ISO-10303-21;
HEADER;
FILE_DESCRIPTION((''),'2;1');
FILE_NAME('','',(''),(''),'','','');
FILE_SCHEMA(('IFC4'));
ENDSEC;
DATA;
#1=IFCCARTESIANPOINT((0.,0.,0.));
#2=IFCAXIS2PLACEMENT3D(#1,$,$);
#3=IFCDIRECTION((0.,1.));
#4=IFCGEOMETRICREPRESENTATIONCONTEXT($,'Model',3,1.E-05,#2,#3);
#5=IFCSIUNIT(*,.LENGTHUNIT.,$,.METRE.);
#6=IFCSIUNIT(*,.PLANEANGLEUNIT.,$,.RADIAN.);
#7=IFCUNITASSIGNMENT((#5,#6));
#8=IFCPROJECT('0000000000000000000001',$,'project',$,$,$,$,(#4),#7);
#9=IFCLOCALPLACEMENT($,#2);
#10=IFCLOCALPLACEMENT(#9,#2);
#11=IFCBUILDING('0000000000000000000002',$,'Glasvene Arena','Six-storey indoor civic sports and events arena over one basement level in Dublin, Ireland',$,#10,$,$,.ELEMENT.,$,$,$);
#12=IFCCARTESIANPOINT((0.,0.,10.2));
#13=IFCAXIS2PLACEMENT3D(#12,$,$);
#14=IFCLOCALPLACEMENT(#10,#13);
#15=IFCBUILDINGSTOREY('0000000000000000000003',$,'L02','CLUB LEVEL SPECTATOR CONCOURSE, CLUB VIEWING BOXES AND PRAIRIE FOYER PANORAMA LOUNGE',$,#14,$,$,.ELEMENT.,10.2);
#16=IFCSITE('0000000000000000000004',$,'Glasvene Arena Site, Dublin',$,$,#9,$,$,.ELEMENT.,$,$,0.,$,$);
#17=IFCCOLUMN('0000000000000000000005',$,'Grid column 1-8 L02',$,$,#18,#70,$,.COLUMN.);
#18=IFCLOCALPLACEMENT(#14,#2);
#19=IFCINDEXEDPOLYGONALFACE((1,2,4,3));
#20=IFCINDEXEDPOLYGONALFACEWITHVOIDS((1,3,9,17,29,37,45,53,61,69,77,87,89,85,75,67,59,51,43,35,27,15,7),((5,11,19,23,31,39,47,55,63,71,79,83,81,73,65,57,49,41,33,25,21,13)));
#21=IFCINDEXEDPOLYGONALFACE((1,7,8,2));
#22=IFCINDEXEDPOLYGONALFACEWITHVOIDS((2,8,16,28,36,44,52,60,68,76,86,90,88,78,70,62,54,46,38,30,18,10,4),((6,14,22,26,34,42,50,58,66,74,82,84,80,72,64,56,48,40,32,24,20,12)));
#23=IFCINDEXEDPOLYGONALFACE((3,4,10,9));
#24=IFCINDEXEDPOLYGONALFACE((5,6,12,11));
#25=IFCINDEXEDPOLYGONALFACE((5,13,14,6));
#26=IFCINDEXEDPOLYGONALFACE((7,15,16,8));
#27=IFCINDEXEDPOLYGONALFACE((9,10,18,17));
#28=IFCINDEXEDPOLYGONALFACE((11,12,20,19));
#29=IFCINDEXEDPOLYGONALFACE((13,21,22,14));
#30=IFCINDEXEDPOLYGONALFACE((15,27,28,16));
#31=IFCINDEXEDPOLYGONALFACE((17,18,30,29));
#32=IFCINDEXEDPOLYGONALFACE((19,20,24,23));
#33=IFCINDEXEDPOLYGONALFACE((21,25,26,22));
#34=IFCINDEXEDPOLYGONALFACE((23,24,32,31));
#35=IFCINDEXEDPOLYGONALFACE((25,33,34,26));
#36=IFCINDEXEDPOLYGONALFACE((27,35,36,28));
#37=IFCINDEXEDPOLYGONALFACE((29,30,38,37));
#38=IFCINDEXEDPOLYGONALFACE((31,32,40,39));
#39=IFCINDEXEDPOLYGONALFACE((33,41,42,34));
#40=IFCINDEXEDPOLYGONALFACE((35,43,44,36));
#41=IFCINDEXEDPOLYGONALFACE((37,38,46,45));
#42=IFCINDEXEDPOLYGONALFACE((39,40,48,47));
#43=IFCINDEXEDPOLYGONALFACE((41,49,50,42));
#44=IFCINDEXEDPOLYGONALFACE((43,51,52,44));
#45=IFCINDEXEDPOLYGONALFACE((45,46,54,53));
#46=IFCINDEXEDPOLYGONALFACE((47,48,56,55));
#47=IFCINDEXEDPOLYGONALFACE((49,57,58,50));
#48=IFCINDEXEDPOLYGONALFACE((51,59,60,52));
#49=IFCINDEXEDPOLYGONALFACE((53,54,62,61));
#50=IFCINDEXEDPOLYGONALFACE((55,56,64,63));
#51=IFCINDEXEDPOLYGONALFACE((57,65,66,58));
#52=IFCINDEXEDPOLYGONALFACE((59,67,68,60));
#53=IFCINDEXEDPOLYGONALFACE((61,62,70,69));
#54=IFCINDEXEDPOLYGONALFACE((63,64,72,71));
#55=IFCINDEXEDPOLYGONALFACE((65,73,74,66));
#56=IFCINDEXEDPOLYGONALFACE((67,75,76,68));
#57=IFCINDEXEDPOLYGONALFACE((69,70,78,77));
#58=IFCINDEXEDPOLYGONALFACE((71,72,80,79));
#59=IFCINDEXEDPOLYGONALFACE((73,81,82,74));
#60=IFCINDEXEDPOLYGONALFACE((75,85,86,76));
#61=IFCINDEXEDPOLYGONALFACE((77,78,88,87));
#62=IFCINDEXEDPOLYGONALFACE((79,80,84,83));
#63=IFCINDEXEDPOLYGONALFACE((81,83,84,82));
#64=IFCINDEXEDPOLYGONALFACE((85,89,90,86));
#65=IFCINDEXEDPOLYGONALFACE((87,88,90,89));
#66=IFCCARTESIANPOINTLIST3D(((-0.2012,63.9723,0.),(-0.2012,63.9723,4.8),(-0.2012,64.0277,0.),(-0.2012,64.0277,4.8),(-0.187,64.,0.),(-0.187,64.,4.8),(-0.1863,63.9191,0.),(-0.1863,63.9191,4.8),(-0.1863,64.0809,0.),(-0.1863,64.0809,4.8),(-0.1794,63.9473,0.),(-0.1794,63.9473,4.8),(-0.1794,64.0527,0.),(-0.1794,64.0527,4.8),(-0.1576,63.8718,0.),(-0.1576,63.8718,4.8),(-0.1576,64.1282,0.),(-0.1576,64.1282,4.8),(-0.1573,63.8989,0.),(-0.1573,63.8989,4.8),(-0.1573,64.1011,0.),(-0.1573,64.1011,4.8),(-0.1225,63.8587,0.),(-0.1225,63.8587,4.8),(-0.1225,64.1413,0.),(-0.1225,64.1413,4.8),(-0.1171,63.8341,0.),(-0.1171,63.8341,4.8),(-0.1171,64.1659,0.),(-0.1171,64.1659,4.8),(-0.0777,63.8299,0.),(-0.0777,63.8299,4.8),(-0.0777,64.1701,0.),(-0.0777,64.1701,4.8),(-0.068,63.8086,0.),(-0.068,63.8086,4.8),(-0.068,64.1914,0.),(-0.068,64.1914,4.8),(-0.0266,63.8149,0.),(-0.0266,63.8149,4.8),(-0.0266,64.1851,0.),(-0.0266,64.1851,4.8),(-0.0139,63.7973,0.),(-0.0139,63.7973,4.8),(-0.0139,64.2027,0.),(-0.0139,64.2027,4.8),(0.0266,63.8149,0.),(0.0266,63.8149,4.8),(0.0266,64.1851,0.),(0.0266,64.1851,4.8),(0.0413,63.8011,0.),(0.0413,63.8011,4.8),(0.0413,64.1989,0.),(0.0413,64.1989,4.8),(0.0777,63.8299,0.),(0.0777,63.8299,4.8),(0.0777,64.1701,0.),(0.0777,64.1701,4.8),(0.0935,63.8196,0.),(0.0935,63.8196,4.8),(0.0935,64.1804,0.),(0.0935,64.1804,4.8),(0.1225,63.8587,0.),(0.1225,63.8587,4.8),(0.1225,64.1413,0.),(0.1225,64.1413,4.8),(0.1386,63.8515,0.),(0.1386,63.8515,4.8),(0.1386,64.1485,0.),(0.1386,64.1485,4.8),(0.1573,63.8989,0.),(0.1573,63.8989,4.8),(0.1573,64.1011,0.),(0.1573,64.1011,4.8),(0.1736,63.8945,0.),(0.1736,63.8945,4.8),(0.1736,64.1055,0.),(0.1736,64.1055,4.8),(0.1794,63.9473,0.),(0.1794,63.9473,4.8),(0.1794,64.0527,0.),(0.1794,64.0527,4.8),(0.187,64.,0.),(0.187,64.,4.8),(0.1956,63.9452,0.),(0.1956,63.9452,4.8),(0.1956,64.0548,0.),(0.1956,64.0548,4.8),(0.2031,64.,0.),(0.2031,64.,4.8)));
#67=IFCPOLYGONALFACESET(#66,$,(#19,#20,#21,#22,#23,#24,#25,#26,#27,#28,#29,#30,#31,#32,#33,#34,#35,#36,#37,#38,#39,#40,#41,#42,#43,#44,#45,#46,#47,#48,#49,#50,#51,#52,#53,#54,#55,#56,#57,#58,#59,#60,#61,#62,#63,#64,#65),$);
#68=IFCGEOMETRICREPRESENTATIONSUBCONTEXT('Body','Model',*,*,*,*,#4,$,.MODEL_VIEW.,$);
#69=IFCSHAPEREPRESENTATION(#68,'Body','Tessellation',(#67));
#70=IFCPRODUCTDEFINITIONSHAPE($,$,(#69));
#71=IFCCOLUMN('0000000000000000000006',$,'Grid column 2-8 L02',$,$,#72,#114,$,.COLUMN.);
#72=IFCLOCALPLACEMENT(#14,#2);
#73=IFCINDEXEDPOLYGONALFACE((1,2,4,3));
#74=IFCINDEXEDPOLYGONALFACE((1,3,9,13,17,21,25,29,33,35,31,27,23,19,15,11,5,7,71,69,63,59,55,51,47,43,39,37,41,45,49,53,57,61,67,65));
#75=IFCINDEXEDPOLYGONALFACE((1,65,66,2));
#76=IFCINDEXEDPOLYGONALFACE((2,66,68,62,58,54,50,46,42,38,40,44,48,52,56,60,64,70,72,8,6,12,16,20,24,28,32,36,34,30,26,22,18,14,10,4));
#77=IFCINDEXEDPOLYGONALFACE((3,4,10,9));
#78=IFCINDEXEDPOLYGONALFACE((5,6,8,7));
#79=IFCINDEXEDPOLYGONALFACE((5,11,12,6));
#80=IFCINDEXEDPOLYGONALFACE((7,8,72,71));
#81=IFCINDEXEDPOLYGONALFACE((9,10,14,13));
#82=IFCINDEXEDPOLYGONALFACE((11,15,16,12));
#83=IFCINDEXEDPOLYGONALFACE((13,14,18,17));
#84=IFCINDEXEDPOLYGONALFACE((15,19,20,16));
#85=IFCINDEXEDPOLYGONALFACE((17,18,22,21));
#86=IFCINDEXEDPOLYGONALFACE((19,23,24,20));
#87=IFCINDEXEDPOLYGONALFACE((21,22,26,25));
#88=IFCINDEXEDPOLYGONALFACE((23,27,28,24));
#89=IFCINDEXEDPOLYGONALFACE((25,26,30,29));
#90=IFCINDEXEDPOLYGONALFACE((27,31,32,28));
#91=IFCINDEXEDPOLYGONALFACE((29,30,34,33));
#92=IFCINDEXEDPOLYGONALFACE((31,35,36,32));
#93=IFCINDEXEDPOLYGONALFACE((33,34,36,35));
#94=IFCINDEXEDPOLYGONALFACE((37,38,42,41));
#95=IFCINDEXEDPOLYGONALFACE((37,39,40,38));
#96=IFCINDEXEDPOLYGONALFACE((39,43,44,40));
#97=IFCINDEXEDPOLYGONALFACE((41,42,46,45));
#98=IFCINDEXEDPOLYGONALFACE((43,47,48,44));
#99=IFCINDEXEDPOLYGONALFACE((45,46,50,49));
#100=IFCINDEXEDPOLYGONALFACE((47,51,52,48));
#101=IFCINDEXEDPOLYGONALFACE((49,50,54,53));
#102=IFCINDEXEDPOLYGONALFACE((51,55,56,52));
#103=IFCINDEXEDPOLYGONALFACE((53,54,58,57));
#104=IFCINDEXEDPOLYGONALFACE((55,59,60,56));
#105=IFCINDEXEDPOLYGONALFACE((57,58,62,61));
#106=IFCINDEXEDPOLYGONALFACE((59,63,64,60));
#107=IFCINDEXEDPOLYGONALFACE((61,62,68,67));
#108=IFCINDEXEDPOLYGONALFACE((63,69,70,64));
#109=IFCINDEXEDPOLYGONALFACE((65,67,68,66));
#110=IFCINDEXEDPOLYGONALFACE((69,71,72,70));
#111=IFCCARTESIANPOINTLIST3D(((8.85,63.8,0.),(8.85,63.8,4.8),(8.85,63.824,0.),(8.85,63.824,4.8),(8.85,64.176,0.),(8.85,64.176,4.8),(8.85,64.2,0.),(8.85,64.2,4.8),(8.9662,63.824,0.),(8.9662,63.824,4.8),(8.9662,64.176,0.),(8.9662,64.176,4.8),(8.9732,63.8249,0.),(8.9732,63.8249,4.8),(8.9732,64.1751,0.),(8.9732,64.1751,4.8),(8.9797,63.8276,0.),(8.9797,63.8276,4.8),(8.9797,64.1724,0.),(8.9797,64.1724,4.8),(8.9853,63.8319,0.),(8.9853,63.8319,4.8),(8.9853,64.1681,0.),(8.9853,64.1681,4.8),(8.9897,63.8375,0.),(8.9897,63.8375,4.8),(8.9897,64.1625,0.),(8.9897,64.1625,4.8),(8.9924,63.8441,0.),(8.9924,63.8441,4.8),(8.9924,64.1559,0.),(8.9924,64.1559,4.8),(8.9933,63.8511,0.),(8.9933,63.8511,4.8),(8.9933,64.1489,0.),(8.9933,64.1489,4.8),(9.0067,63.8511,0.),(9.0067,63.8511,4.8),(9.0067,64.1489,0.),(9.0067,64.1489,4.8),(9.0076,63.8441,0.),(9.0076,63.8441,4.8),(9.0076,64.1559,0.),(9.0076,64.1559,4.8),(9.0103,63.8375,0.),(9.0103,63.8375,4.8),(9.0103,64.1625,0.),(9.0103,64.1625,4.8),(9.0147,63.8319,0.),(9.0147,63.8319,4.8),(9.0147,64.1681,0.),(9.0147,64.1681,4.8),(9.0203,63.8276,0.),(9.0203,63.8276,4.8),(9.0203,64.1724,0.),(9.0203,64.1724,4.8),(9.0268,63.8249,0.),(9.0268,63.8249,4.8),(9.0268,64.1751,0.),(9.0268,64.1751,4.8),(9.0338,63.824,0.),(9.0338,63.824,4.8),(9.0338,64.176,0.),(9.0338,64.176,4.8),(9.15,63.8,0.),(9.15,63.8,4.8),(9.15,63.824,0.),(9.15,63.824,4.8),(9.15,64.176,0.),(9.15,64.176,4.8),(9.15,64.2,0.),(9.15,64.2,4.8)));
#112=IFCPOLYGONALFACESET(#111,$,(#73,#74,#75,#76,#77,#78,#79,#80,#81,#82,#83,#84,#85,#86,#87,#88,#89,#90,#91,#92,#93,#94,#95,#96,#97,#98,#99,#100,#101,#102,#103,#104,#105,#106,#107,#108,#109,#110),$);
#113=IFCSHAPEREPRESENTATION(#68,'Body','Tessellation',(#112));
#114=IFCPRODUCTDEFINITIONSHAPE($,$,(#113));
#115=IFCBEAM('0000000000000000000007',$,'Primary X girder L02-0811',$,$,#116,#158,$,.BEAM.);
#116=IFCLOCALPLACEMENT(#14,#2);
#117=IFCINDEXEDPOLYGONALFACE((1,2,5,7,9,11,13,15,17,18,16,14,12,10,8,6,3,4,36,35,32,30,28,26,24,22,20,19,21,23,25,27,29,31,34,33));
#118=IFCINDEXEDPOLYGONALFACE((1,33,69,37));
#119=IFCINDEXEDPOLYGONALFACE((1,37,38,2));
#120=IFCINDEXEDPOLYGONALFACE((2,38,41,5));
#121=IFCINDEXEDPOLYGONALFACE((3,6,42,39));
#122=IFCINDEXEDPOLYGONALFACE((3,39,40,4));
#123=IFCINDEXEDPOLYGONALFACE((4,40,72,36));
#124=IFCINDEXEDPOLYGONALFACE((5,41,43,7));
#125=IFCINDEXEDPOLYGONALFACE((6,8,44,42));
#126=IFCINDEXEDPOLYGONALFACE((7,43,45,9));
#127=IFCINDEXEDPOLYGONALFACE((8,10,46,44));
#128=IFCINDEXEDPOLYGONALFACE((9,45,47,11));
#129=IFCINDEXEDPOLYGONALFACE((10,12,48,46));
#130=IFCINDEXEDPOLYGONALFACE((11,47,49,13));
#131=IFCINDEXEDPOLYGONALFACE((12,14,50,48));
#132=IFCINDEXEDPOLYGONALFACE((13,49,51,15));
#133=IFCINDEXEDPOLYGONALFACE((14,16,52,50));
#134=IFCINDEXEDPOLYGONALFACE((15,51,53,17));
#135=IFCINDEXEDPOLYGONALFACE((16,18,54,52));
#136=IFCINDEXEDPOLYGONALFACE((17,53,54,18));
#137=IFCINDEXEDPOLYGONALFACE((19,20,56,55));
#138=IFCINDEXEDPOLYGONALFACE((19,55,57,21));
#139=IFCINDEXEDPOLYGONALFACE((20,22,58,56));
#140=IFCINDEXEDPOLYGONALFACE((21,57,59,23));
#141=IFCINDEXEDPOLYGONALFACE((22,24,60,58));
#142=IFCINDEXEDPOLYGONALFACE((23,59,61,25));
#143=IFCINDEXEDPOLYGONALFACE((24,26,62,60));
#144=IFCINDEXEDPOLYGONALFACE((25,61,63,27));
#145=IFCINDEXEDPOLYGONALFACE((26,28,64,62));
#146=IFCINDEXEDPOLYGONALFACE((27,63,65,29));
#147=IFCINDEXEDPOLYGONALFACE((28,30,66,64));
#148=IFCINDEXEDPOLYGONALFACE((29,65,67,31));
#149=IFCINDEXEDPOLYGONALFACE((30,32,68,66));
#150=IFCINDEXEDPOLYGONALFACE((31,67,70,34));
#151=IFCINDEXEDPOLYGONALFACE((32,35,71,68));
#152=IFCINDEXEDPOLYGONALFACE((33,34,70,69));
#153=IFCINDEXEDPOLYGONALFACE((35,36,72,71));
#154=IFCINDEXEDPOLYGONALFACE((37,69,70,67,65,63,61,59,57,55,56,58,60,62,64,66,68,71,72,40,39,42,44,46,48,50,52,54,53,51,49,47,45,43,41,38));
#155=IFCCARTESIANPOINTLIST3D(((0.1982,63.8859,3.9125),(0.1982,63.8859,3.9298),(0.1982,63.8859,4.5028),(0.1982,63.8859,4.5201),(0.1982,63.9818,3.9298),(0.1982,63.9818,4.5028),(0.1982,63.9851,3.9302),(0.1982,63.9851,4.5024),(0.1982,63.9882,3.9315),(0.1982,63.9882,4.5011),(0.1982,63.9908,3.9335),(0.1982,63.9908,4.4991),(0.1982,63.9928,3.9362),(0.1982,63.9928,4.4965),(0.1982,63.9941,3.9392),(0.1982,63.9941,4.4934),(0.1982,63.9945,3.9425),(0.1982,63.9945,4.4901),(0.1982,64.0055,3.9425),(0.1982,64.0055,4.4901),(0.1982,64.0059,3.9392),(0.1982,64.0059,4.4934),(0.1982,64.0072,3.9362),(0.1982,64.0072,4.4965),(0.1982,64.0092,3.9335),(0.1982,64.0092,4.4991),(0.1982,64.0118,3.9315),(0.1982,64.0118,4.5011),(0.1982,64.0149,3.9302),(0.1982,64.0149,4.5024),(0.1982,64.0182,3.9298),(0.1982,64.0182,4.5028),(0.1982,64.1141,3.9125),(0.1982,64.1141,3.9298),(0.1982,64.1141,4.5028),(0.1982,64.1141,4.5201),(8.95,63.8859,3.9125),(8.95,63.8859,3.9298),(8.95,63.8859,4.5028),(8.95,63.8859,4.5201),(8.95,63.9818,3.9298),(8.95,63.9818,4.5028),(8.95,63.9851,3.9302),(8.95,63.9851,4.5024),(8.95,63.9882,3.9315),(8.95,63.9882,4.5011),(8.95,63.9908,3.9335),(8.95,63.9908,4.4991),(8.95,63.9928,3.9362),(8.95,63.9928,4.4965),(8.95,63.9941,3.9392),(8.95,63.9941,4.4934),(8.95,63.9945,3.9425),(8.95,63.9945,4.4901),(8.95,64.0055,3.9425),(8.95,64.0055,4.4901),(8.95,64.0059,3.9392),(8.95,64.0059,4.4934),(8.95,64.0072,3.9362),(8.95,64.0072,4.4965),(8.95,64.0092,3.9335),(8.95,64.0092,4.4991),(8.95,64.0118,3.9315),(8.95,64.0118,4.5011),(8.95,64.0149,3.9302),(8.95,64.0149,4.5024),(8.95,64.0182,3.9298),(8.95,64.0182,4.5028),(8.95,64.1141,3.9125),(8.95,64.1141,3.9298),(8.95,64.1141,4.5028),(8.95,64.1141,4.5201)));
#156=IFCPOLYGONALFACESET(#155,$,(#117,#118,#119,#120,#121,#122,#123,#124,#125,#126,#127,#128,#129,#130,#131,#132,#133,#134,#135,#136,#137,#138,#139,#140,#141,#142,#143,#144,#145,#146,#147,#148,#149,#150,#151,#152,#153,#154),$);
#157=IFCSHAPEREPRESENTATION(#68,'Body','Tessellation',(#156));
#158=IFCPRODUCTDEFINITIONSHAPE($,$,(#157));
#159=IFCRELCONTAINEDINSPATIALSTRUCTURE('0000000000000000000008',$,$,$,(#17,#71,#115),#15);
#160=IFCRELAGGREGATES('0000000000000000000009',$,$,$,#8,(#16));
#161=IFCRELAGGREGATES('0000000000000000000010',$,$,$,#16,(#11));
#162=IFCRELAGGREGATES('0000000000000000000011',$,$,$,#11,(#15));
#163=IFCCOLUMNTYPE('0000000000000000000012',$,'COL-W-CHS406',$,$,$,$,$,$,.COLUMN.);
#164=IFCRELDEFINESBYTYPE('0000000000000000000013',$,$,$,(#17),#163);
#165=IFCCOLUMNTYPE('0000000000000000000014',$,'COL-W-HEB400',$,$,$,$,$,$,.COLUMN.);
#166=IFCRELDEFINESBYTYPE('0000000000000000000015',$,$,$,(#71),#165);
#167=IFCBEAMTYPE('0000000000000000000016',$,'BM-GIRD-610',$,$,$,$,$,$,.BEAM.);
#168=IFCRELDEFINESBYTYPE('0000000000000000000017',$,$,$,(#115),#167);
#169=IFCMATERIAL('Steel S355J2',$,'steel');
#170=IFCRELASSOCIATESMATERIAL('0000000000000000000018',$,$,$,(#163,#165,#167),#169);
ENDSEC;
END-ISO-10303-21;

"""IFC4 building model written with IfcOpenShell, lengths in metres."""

from ifc_helpers import new_model, si_unit, direction, frame, origin, origin_2d, place, context, subcontext, project, spatial, hollow_circle, i_section, extrude, material, material_profile, profile_set, type_object, element, save


model = new_model("IFC4")

# Units and contexts
model_context = context("Model", 3, precision=1e-05, world=origin(), true_north=direction((0.0, 1.0)))
body_context = subcontext(model_context, "Body", "Model", "MODEL_VIEW")
ifc_project = project(units=[si_unit("LENGTHUNIT", "METRE"), si_unit("PLANEANGLEUNIT", "RADIAN")], contexts=[model_context])

# Site, building, storey
site_placement = place(None, origin())
site = spatial("IfcSite", under=ifc_project, at=site_placement, Name="Glasvene Arena Site, Dublin", CompositionType="ELEMENT", RefElevation=0.0)
building_placement = place(site_placement, origin())
building = spatial("IfcBuilding", under=site, at=building_placement, Name="Glasvene Arena", Description="Six-storey indoor civic sports and events arena over one basement level in Dublin, Ireland", CompositionType="ELEMENT")
storey_placement = place(building_placement, frame((0.0, 0.0, 10.2)))
storey = spatial("IfcBuildingStorey", under=building, at=storey_placement, Name="L02", Description="CLUB LEVEL SPECTATOR CONCOURSE, CLUB VIEWING BOXES AND PRAIRIE FOYER PANORAMA LOUNGE", CompositionType="ELEMENT", Elevation=10.2)

# Columns
ifc_material_1 = material(Name="Steel S355J2", Category="steel")
ifc_material_profile_1 = material_profile(ifc_material_1, hollow_circle(Radius=0.2031, WallThickness=0.0161, at=origin_2d()), Name="CHS 406.4x16.0")
ifc_profile_set_1 = profile_set([ifc_material_profile_1], Name="Steel S355J2")
column_type_1 = type_object("IfcColumnType", Name="COL-W-CHS406", PredefinedType="COLUMN", material=ifc_profile_set_1)
column_1_placement = place(storey_placement, frame((0.0, 64.0, 0.0), z_axis=(0.0, 0.0, 1.0), x_axis=(1.0, 0.0, 0.0)))
element("IfcColumn", 1, at=column_1_placement, inside=storey, type_object=column_type_1, Name="Grid column 1-8 L02", PredefinedType="COLUMN", context=body_context, shape_type="SweptSolid", body=[
    extrude(hollow_circle(Radius=0.2031, WallThickness=0.0161, at=origin_2d()), origin(), (0.0, 0.0, 1.0), 4.8),
])
ifc_material_profile_2 = material_profile(ifc_material_1, i_section(OverallWidth=0.3, OverallDepth=0.3999, WebThickness=0.0134, FlangeThickness=0.0239, FilletRadius=0.0271, at=origin_2d()), Name="HEB 400")
ifc_profile_set_2 = profile_set([ifc_material_profile_2], Name="Steel S355J2")
column_type_2 = type_object("IfcColumnType", Name="COL-W-HEB400", PredefinedType="COLUMN", material=ifc_profile_set_2)
column_2_placement = place(storey_placement, frame((9.0, 64.0, 0.0), z_axis=(0.0, 0.0, 1.0), x_axis=(1.0, 0.0, 0.0)))
element("IfcColumn", 2, at=column_2_placement, inside=storey, type_object=column_type_2, Name="Grid column 2-8 L02", PredefinedType="COLUMN", context=body_context, shape_type="SweptSolid", body=[
    extrude(i_section(OverallWidth=0.3, OverallDepth=0.3999, WebThickness=0.0134, FlangeThickness=0.0239, FilletRadius=0.0271, at=origin_2d()), origin(), (0.0, 0.0, 1.0), 4.8),
])

# Beam
ifc_material_profile_3 = material_profile(ifc_material_1, i_section(OverallWidth=0.2283, OverallDepth=0.6077, WebThickness=0.011, FlangeThickness=0.0173, FilletRadius=0.0127, at=origin_2d()), Name="UKB 610x229x113")
ifc_profile_set_3 = profile_set([ifc_material_profile_3], Name="Steel S355J2")
beam_type_1 = type_object("IfcBeamType", Name="BM-GIRD-610", PredefinedType="BEAM", material=ifc_profile_set_3)
for number, where, z_axis, x_axis, name in (
    (3, (0.1982, 64.0, 4.2163), (1.0, 0.0, 0.0), (0.0, 1.0, 0.0), "Primary X girder L02-0811"),
):
    element("IfcBeam", number, at=place(storey_placement, frame(where, z_axis=z_axis, x_axis=x_axis)), inside=storey, type_object=beam_type_1, Name=name, PredefinedType="BEAM", context=body_context, shape_type="SweptSolid", body=[
        extrude(i_section(OverallWidth=0.2283, OverallDepth=0.6077, WebThickness=0.011, FlangeThickness=0.0173, FilletRadius=0.0127, at=origin_2d()), origin(), (0.0, 0.0, 1.0), 8.7517),
    ])

save(model, "model.ifc")
